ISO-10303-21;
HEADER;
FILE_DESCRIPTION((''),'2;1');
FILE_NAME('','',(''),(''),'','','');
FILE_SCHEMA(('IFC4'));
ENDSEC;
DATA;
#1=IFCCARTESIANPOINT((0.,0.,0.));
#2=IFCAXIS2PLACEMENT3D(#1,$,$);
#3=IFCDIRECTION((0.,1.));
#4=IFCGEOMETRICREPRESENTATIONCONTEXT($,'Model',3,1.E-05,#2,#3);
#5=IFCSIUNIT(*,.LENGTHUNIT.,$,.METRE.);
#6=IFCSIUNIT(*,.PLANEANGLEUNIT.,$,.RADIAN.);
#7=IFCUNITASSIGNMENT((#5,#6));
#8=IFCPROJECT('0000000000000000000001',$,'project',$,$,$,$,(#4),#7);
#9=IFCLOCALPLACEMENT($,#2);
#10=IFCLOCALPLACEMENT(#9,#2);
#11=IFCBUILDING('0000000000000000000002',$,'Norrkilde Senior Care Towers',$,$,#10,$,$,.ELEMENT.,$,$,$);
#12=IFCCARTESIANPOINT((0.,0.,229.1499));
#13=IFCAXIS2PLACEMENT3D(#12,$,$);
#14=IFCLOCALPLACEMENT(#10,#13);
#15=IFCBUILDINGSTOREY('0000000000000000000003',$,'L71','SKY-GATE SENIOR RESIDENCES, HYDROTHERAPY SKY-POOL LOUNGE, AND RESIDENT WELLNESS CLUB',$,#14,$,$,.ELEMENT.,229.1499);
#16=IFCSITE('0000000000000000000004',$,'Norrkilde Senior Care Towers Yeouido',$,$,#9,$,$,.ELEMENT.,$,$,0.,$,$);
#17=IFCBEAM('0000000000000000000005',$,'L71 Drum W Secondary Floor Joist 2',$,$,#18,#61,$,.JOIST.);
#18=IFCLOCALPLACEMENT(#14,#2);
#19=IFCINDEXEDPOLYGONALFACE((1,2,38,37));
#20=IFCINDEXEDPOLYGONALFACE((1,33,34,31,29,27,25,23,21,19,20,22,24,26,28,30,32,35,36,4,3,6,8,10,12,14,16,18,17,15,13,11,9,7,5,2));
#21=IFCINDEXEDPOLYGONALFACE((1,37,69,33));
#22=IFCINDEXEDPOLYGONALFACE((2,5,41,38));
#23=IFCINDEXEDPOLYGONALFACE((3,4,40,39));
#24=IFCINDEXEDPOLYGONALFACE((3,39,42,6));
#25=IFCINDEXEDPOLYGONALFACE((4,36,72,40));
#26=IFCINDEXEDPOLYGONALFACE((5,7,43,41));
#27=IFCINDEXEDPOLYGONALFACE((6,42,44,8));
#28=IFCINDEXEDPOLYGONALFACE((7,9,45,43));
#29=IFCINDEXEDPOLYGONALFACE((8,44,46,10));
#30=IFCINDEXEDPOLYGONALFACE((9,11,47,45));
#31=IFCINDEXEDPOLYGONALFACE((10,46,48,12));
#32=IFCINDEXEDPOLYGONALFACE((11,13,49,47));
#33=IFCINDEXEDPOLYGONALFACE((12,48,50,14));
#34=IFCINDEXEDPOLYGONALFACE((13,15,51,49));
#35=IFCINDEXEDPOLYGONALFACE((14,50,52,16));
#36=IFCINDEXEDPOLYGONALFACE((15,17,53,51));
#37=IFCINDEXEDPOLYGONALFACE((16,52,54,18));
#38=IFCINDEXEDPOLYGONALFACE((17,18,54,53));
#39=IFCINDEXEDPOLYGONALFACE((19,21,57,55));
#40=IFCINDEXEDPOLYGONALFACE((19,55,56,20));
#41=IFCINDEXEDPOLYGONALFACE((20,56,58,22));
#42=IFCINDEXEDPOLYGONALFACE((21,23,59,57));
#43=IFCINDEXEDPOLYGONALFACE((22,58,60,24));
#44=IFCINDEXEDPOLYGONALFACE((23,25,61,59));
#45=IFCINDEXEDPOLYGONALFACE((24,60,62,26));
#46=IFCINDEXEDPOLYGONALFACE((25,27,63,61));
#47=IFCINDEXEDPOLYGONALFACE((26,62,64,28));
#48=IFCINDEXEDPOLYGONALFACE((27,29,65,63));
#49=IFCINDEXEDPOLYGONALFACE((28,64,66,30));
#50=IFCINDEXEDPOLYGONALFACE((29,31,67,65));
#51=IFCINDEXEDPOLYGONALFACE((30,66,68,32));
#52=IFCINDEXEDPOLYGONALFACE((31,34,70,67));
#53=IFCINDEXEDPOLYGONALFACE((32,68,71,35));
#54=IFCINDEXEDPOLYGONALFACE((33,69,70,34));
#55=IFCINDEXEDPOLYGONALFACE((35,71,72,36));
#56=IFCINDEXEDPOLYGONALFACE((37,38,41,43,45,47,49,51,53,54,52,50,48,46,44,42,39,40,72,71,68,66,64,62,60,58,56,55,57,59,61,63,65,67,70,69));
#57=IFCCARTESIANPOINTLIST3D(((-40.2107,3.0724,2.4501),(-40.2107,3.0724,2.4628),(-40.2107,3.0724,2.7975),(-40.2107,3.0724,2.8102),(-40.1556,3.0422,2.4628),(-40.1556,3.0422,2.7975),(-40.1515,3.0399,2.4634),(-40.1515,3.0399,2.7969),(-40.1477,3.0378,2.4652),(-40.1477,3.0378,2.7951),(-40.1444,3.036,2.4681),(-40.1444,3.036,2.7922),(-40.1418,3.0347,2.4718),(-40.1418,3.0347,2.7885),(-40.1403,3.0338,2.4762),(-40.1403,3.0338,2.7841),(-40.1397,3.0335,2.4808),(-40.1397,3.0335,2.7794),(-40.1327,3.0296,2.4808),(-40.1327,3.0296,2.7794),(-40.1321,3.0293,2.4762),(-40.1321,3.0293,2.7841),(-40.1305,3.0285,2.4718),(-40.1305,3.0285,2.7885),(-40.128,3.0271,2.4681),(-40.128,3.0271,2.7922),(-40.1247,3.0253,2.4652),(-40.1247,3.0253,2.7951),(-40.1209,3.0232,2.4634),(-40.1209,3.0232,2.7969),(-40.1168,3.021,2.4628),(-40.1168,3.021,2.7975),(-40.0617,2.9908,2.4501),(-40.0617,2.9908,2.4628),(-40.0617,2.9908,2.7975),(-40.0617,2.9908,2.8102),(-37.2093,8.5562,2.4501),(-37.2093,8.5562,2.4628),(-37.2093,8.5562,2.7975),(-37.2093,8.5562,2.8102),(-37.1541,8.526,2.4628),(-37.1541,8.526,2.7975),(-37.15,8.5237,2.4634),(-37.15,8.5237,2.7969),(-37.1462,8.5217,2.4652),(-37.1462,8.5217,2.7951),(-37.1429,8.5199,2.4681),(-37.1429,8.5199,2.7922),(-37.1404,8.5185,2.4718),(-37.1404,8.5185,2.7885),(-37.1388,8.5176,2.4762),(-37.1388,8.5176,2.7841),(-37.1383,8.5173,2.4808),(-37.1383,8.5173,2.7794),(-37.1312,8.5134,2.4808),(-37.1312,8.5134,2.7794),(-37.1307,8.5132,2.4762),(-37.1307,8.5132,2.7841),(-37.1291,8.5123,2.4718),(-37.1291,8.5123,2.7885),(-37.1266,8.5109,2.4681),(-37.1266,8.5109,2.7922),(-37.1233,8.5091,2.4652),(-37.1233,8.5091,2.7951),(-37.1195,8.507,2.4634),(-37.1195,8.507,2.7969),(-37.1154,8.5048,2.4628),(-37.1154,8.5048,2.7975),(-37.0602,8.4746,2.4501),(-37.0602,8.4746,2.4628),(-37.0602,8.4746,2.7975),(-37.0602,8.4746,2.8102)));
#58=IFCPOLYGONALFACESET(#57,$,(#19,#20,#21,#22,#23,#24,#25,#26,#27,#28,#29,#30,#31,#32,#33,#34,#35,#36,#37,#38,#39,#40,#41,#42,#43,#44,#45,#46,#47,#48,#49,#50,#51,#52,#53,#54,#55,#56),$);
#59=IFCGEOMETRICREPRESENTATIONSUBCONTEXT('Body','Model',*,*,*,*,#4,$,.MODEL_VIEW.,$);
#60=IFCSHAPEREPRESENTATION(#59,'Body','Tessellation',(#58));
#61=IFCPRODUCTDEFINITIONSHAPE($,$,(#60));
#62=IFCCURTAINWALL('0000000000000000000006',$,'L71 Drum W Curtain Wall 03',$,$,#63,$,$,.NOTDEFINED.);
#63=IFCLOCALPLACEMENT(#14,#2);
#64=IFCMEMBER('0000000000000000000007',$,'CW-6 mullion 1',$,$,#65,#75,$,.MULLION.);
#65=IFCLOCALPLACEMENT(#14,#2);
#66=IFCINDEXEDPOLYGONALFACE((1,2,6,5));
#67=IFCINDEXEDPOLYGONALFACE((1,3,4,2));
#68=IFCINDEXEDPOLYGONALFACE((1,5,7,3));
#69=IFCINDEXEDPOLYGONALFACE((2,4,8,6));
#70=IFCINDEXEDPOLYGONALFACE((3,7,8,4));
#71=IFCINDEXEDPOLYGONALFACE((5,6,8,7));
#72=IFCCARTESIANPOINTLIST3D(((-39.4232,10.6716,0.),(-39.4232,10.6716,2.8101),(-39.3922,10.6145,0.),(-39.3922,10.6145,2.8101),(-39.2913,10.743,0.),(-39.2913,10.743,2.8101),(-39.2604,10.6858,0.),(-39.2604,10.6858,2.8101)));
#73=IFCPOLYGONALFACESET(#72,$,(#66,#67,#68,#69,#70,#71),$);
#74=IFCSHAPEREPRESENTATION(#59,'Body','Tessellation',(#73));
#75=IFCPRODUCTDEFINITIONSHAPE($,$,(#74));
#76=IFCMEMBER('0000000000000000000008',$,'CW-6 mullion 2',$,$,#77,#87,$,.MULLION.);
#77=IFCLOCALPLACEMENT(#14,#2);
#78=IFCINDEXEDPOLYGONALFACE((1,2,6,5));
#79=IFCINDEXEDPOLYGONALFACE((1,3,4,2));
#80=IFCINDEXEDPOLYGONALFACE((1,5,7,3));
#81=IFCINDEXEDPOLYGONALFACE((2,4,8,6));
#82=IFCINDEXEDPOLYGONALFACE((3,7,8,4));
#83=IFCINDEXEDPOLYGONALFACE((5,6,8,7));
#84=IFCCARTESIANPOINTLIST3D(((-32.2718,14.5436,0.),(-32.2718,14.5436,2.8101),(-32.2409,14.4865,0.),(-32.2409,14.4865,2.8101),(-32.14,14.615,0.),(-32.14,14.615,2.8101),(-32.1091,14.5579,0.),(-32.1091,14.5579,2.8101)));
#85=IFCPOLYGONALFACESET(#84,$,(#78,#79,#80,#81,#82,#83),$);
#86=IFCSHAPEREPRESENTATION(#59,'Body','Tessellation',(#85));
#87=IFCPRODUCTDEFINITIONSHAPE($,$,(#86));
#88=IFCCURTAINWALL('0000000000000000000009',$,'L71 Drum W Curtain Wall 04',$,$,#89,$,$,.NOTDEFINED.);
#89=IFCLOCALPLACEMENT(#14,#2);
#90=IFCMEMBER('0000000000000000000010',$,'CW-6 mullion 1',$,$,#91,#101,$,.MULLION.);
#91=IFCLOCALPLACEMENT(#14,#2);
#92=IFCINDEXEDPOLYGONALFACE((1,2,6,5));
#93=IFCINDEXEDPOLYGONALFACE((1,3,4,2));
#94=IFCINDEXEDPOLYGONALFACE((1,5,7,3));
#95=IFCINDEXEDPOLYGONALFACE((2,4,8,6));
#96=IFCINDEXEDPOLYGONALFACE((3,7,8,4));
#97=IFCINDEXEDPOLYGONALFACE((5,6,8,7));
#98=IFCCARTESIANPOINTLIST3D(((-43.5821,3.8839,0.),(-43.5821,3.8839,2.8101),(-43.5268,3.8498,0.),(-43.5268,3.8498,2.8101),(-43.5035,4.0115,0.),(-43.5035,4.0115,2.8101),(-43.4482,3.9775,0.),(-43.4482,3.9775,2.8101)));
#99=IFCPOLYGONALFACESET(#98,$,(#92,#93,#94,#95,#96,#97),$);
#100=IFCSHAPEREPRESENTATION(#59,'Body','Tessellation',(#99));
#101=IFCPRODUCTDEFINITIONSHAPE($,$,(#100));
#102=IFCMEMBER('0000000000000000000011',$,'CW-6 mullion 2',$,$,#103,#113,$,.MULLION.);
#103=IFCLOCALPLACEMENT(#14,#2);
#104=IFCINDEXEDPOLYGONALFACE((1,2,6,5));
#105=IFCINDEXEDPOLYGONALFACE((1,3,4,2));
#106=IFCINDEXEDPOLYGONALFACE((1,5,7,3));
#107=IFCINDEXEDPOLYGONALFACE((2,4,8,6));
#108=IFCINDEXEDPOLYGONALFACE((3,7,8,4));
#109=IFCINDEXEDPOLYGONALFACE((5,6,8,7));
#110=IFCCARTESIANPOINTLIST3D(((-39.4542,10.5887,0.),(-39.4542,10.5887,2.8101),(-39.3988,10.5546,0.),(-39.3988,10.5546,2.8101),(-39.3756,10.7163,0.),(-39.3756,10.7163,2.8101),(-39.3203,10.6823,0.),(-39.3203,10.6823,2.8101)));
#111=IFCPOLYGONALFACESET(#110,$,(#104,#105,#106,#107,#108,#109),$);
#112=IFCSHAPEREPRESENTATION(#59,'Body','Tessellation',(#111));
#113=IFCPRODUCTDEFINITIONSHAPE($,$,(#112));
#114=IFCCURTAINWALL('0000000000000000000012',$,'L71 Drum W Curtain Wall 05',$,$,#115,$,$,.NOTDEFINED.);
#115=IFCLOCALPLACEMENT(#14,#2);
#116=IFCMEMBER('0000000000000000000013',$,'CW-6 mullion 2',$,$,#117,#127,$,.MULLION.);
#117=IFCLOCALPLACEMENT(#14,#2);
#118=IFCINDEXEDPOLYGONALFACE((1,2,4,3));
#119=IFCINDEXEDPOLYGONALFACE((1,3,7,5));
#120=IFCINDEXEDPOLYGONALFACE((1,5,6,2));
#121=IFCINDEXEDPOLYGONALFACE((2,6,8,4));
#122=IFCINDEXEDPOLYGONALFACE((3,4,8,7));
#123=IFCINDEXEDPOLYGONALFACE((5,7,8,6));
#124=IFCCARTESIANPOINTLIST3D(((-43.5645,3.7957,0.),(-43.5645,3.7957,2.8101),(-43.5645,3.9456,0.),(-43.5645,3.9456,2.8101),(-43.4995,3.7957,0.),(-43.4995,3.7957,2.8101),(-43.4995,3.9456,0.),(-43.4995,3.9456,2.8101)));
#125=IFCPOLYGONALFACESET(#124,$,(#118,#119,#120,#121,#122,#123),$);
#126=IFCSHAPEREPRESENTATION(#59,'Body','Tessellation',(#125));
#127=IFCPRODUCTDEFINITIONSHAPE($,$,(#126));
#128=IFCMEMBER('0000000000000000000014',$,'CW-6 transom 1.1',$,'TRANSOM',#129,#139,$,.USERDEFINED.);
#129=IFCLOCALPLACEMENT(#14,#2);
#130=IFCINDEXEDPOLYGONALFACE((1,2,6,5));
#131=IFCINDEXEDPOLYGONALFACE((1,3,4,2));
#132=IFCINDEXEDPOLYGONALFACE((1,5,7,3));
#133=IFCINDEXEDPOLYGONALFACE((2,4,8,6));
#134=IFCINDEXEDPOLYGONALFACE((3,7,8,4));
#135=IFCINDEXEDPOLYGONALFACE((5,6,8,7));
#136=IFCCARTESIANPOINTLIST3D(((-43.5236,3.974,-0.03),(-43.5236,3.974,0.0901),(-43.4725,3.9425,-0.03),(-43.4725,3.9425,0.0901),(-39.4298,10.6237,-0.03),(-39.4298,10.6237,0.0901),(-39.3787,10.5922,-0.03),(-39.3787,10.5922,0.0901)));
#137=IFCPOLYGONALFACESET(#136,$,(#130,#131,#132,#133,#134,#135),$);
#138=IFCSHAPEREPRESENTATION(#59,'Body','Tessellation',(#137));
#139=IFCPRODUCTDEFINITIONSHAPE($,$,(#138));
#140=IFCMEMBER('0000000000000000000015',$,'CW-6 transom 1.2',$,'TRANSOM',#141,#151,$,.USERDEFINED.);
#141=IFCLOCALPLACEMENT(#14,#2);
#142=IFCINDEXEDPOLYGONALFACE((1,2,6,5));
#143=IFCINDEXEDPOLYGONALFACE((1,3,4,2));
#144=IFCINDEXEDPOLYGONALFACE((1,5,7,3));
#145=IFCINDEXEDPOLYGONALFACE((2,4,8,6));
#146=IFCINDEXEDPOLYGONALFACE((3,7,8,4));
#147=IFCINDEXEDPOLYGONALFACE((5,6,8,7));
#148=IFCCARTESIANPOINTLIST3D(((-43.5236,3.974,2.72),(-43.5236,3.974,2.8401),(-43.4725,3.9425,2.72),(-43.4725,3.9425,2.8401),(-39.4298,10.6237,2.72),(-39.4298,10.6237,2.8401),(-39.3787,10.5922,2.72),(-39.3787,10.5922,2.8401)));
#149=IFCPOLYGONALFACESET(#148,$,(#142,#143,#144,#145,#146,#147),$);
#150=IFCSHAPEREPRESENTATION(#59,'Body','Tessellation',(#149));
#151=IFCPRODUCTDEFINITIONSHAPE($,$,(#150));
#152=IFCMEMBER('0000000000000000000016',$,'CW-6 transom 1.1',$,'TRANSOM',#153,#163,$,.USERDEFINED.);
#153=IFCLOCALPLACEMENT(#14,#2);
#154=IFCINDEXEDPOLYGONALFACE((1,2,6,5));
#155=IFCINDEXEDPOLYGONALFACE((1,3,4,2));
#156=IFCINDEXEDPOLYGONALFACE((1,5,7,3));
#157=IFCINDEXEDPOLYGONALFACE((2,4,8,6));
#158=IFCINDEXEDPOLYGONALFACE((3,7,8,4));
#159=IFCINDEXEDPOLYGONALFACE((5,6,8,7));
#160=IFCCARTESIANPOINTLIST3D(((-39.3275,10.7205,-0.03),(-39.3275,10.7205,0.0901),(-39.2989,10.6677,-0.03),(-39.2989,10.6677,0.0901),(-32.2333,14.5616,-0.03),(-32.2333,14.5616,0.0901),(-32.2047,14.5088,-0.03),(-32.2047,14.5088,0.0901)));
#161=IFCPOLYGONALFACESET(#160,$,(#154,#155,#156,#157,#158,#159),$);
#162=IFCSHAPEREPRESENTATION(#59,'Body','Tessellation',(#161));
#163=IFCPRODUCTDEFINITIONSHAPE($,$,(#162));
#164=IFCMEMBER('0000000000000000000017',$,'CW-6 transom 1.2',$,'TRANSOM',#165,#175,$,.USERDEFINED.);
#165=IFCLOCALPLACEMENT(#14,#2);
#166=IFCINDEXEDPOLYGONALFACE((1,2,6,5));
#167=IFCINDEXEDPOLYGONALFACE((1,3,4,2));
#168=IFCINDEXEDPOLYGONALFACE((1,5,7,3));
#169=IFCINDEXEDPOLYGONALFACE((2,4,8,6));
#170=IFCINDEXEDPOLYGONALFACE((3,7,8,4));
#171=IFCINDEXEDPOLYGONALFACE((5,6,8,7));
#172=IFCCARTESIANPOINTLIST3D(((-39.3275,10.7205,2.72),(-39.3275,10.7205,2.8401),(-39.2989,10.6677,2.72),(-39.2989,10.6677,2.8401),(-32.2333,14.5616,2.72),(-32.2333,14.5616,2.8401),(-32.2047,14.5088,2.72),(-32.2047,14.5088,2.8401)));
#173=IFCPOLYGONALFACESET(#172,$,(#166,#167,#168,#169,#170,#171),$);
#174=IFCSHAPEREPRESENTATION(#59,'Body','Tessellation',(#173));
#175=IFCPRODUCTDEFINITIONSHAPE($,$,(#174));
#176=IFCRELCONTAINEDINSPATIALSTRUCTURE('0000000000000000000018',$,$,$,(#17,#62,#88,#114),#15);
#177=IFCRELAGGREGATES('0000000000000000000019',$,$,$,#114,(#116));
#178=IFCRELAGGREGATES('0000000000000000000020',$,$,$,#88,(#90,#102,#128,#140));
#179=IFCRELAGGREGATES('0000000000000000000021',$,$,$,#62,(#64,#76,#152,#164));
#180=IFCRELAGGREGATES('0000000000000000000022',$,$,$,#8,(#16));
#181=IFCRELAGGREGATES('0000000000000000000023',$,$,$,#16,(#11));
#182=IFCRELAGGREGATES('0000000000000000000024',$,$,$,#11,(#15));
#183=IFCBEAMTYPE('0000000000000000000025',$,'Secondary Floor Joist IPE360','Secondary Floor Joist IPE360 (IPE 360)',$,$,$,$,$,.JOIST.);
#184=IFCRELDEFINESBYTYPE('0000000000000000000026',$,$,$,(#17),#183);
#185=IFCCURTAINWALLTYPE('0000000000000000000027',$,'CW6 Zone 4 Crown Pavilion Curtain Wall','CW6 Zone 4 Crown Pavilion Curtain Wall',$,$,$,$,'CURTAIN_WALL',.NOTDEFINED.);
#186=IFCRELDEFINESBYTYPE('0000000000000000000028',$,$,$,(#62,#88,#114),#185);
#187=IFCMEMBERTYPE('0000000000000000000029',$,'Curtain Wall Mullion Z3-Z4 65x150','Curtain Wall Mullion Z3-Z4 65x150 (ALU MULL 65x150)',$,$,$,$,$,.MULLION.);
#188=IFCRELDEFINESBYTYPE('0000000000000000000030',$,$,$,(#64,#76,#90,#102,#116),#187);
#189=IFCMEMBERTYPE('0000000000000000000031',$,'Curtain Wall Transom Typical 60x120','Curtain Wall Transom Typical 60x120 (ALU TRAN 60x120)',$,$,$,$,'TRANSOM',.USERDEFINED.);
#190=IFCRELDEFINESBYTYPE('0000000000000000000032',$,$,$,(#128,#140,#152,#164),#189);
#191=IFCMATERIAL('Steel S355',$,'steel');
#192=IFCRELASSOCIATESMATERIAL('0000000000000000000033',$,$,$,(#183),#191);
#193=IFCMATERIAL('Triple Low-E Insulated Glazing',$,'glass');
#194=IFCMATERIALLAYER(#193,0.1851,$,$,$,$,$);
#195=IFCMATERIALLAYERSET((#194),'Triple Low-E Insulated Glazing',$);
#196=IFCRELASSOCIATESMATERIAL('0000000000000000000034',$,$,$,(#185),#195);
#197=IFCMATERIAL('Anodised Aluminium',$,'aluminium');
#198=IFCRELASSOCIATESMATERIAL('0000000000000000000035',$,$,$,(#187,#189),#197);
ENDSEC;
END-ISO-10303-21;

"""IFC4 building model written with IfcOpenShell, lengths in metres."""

from ifc_helpers import new_model, si_unit, direction, frame, origin, origin_2d, place, context, subcontext, project, spatial, rectangle, i_section, extrude, source, transform, mapped, material, layer, layer_set, material_profile, profile_set, type_object, type_shapes, element, aggregate, save


model = new_model("IFC4")

# Units and contexts
model_context = context("Model", 3, precision=1e-05, world=origin(), true_north=direction((0.0, 1.0)))
body_context = subcontext(model_context, "Body", "Model", "MODEL_VIEW")
ifc_project = project(units=[si_unit("LENGTHUNIT", "METRE"), si_unit("PLANEANGLEUNIT", "RADIAN")], contexts=[model_context])

# Site, building, storey
site_placement = place(None, origin())
site = spatial("IfcSite", under=ifc_project, at=site_placement, Name="Norrkilde Senior Care Towers Yeouido", CompositionType="ELEMENT", RefElevation=0.0)
building_placement = place(site_placement, origin())
building = spatial("IfcBuilding", under=site, at=building_placement, Name="Norrkilde Senior Care Towers", CompositionType="ELEMENT")
storey_placement = place(building_placement, frame((0.0, 0.0, 229.1499)))
storey = spatial("IfcBuildingStorey", under=building, at=storey_placement, Name="L71", Description="SKY-GATE SENIOR RESIDENCES, HYDROTHERAPY SKY-POOL LOUNGE, AND RESIDENT WELLNESS CLUB", CompositionType="ELEMENT", Elevation=229.1499)

# Beam
ifc_material_1 = material(Name="Steel S355", Category="steel")
ifc_material_profile_1 = material_profile(ifc_material_1, i_section(OverallWidth=0.1699, OverallDepth=0.3601, WebThickness=0.0081, FlangeThickness=0.0127, FilletRadius=0.0181, at=origin_2d()), Name="IPE 360")
ifc_profile_set_1 = profile_set([ifc_material_profile_1], Name="Steel S355")
beam_type_1 = type_object("IfcBeamType", Name="Secondary Floor Joist IPE360", Description="Secondary Floor Joist IPE360 (IPE 360)", PredefinedType="JOIST", material=ifc_profile_set_1)
shared_shape_1 = source(origin(), body_context, "Body", "SweptSolid", [
    extrude(i_section(OverallWidth=0.1699, OverallDepth=0.3601, WebThickness=0.0081, FlangeThickness=0.0127, FilletRadius=0.0181, at=origin_2d()), origin(), (0.0, 0.0, 1.0), 6.2515),
])
type_shapes(beam_type_1, [shared_shape_1])
beam_1_placement = place(storey_placement, frame((-37.1348, 8.5154, 2.6301), z_axis=(-0.480116, -0.877205, 0.0), x_axis=(0.877205, -0.480116, 0.0)))
element("IfcBeam", 1, at=beam_1_placement, inside=storey, type_object=beam_type_1, Name="L71 Drum W Secondary Floor Joist 2", PredefinedType="JOIST", context=body_context, shape_type="MappedRepresentation", body=[
    mapped(shared_shape_1, transform((0.0, 0.0, 0.0), x_axis=(1.0, 0.0, 0.0), y_axis=(0.0, 1.0, 0.0), z_axis=(0.0, 0.0, 1.0), scale=1.0)),
])

# Curtain walls, members
ifc_material_2 = material(Name="Triple Low-E Insulated Glazing", Category="glass")
ifc_layer_1 = layer(ifc_material_2, 0.1851)
ifc_layer_set_1 = layer_set([ifc_layer_1], Name="Triple Low-E Insulated Glazing")
curtain_wall_type = type_object("IfcCurtainWallType", Name="CW6 Zone 4 Crown Pavilion Curtain Wall", Description="CW6 Zone 4 Crown Pavilion Curtain Wall", ElementType="CURTAIN_WALL", PredefinedType="NOTDEFINED", material=ifc_layer_set_1)
curtain_wall_1_placement = place(storey_placement, origin())
curtain_wall_1 = element("IfcCurtainWall", 2, at=curtain_wall_1_placement, inside=storey, type_object=curtain_wall_type, Name="L71 Drum W Curtain Wall 03", PredefinedType="NOTDEFINED")
ifc_material_3 = material(Name="Anodised Aluminium", Category="aluminium")
ifc_material_profile_2 = material_profile(ifc_material_3, rectangle(XDim=0.0649, YDim=0.1499, at=origin_2d()), Name="ALU MULL 65x150")
ifc_profile_set_2 = profile_set([ifc_material_profile_2], Name="Anodised Aluminium")
member_type_1 = type_object("IfcMemberType", Name="Curtain Wall Mullion Z3-Z4 65x150", Description="Curtain Wall Mullion Z3-Z4 65x150 (ALU MULL 65x150)", PredefinedType="MULLION", material=ifc_profile_set_2)
shared_shape_2 = source(origin(), body_context, "Body", "SweptSolid", [
    extrude(rectangle(XDim=0.0649, YDim=0.1499, at=origin_2d()), origin(), (0.0, 0.0, 1.0), 2.8101),
])
type_shapes(member_type_1, [shared_shape_2])
member_1_placement = place(storey_placement, frame((-39.3418, 10.6787, 0.0), z_axis=(0.0, 0.0, 1.0), x_axis=(-0.476133, 0.879373, 0.0)))
member_1 = element("IfcMember", 3, at=member_1_placement, type_object=member_type_1, Name="CW-6 mullion 1", PredefinedType="MULLION", context=body_context, shape_type="MappedRepresentation", body=[
    mapped(shared_shape_2, transform((0.0, 0.0, 0.0), x_axis=(1.0, 0.0, 0.0), y_axis=(0.0, 1.0, 0.0), z_axis=(0.0, 0.0, 1.0), scale=1.0)),
])
member_2_placement = place(storey_placement, frame((-32.1904, 14.5508, 0.0), z_axis=(0.0, 0.0, 1.0), x_axis=(-0.476133, 0.879373, 0.0)))
member_2 = element("IfcMember", 4, at=member_2_placement, type_object=member_type_1, Name="CW-6 mullion 2", PredefinedType="MULLION", context=body_context, shape_type="MappedRepresentation", body=[
    mapped(shared_shape_2, transform((0.0, 0.0, 0.0), x_axis=(1.0, 0.0, 0.0), y_axis=(0.0, 1.0, 0.0), z_axis=(0.0, 0.0, 1.0), scale=1.0)),
])
curtain_wall_2_placement = place(storey_placement, origin())
curtain_wall_2 = element("IfcCurtainWall", 5, at=curtain_wall_2_placement, inside=storey, type_object=curtain_wall_type, Name="L71 Drum W Curtain Wall 04", PredefinedType="NOTDEFINED")
member_3_placement = place(storey_placement, frame((-43.5151, 3.9307, 0.0), z_axis=(0.0, 0.0, 1.0), x_axis=(-0.851563, 0.524253, 0.0)))
member_3 = element("IfcMember", 6, at=member_3_placement, type_object=member_type_1, Name="CW-6 mullion 1", PredefinedType="MULLION", context=body_context, shape_type="MappedRepresentation", body=[
    mapped(shared_shape_2, transform((0.0, 0.0, 0.0), x_axis=(1.0, 0.0, 0.0), y_axis=(0.0, 1.0, 0.0), z_axis=(0.0, 0.0, 1.0), scale=1.0)),
])
member_4_placement = place(storey_placement, frame((-39.3872, 10.6355, 0.0), z_axis=(0.0, 0.0, 1.0), x_axis=(-0.851563, 0.524253, 0.0)))
member_4 = element("IfcMember", 7, at=member_4_placement, type_object=member_type_1, Name="CW-6 mullion 2", PredefinedType="MULLION", context=body_context, shape_type="MappedRepresentation", body=[
    mapped(shared_shape_2, transform((0.0, 0.0, 0.0), x_axis=(1.0, 0.0, 0.0), y_axis=(0.0, 1.0, 0.0), z_axis=(0.0, 0.0, 1.0), scale=1.0)),
])

# Curtain wall, member
curtain_wall_3_placement = place(storey_placement, origin())
curtain_wall_3 = element("IfcCurtainWall", 8, at=curtain_wall_3_placement, inside=storey, type_object=curtain_wall_type, Name="L71 Drum W Curtain Wall 05", PredefinedType="NOTDEFINED")
member_5_placement = place(storey_placement, frame((-43.532, 3.8706, 0.0), z_axis=(0.0, 0.0, 1.0), x_axis=(-1.0, 0.0, 0.0)))
member_5 = element("IfcMember", 9, at=member_5_placement, type_object=member_type_1, Name="CW-6 mullion 2", PredefinedType="MULLION", context=body_context, shape_type="MappedRepresentation", body=[
    mapped(shared_shape_2, transform((0.0, 0.0, 0.0), x_axis=(1.0, 0.0, 0.0), y_axis=(0.0, 1.0, 0.0), z_axis=(0.0, 0.0, 1.0), scale=1.0)),
])
aggregate(curtain_wall_3, [member_5])

# Members
ifc_material_profile_3 = material_profile(ifc_material_3, rectangle(XDim=0.0601, YDim=0.1201, at=origin_2d()), Name="ALU TRAN 60x120")
ifc_profile_set_3 = profile_set([ifc_material_profile_3], Name="Anodised Aluminium")
member_type_2 = type_object("IfcMemberType", Name="Curtain Wall Transom Typical 60x120", Description="Curtain Wall Transom Typical 60x120 (ALU TRAN 60x120)", ElementType="TRANSOM", PredefinedType="USERDEFINED", material=ifc_profile_set_3)
shared_shape_3 = source(origin(), body_context, "Body", "SweptSolid", [
    extrude(rectangle(XDim=0.0601, YDim=0.1201, at=origin_2d()), origin(), (0.0, 0.0, 1.0), 7.8088),
])
member_6_placement = place(storey_placement, frame((-43.498, 3.9583, 0.03), z_axis=(0.524251, 0.851564, 0.0), x_axis=(-0.851564, 0.524251, 0.0)))
member_6 = element("IfcMember", 10, at=member_6_placement, type_object=member_type_2, Name="CW-6 transom 1.1", ObjectType="TRANSOM", PredefinedType="USERDEFINED", context=body_context, shape_type="MappedRepresentation", body=[
    mapped(shared_shape_3, transform((0.0, 0.0, 0.0), x_axis=(1.0, 0.0, 0.0), y_axis=(0.0, 1.0, 0.0), z_axis=(0.0, 0.0, 1.0), scale=1.0)),
])
member_7_placement = place(storey_placement, frame((-43.498, 3.9583, 2.78), z_axis=(0.524251, 0.851564, 0.0), x_axis=(-0.851564, 0.524251, 0.0)))
member_7 = element("IfcMember", 11, at=member_7_placement, type_object=member_type_2, Name="CW-6 transom 1.2", ObjectType="TRANSOM", PredefinedType="USERDEFINED", context=body_context, shape_type="MappedRepresentation", body=[
    mapped(shared_shape_3, transform((0.0, 0.0, 0.0), x_axis=(1.0, 0.0, 0.0), y_axis=(0.0, 1.0, 0.0), z_axis=(0.0, 0.0, 1.0), scale=1.0)),
])
shared_shape_4 = source(origin(), body_context, "Body", "SweptSolid", [
    extrude(rectangle(XDim=0.0601, YDim=0.1201, at=origin_2d()), origin(), (0.0, 0.0, 1.0), 8.0674),
])
type_shapes(member_type_2, [shared_shape_3, shared_shape_4])
member_8_placement = place(storey_placement, frame((-39.3132, 10.6941, 0.03), z_axis=(0.879378, 0.476125, 0.0), x_axis=(-0.476125, 0.879378, 0.0)))
member_8 = element("IfcMember", 12, at=member_8_placement, type_object=member_type_2, Name="CW-6 transom 1.1", ObjectType="TRANSOM", PredefinedType="USERDEFINED", context=body_context, shape_type="MappedRepresentation", body=[
    mapped(shared_shape_4, transform((0.0, 0.0, 0.0), x_axis=(1.0, 0.0, 0.0), y_axis=(0.0, 1.0, 0.0), z_axis=(0.0, 0.0, 1.0), scale=1.0)),
])
member_9_placement = place(storey_placement, frame((-39.3132, 10.6941, 2.78), z_axis=(0.879378, 0.476125, 0.0), x_axis=(-0.476125, 0.879378, 0.0)))
member_9 = element("IfcMember", 13, at=member_9_placement, type_object=member_type_2, Name="CW-6 transom 1.2", ObjectType="TRANSOM", PredefinedType="USERDEFINED", context=body_context, shape_type="MappedRepresentation", body=[
    mapped(shared_shape_4, transform((0.0, 0.0, 0.0), x_axis=(1.0, 0.0, 0.0), y_axis=(0.0, 1.0, 0.0), z_axis=(0.0, 0.0, 1.0), scale=1.0)),
])

aggregate(curtain_wall_2, [member_3, member_4, member_6, member_7])
aggregate(curtain_wall_1, [member_1, member_2, member_8, member_9])

save(model, "model.ifc")
